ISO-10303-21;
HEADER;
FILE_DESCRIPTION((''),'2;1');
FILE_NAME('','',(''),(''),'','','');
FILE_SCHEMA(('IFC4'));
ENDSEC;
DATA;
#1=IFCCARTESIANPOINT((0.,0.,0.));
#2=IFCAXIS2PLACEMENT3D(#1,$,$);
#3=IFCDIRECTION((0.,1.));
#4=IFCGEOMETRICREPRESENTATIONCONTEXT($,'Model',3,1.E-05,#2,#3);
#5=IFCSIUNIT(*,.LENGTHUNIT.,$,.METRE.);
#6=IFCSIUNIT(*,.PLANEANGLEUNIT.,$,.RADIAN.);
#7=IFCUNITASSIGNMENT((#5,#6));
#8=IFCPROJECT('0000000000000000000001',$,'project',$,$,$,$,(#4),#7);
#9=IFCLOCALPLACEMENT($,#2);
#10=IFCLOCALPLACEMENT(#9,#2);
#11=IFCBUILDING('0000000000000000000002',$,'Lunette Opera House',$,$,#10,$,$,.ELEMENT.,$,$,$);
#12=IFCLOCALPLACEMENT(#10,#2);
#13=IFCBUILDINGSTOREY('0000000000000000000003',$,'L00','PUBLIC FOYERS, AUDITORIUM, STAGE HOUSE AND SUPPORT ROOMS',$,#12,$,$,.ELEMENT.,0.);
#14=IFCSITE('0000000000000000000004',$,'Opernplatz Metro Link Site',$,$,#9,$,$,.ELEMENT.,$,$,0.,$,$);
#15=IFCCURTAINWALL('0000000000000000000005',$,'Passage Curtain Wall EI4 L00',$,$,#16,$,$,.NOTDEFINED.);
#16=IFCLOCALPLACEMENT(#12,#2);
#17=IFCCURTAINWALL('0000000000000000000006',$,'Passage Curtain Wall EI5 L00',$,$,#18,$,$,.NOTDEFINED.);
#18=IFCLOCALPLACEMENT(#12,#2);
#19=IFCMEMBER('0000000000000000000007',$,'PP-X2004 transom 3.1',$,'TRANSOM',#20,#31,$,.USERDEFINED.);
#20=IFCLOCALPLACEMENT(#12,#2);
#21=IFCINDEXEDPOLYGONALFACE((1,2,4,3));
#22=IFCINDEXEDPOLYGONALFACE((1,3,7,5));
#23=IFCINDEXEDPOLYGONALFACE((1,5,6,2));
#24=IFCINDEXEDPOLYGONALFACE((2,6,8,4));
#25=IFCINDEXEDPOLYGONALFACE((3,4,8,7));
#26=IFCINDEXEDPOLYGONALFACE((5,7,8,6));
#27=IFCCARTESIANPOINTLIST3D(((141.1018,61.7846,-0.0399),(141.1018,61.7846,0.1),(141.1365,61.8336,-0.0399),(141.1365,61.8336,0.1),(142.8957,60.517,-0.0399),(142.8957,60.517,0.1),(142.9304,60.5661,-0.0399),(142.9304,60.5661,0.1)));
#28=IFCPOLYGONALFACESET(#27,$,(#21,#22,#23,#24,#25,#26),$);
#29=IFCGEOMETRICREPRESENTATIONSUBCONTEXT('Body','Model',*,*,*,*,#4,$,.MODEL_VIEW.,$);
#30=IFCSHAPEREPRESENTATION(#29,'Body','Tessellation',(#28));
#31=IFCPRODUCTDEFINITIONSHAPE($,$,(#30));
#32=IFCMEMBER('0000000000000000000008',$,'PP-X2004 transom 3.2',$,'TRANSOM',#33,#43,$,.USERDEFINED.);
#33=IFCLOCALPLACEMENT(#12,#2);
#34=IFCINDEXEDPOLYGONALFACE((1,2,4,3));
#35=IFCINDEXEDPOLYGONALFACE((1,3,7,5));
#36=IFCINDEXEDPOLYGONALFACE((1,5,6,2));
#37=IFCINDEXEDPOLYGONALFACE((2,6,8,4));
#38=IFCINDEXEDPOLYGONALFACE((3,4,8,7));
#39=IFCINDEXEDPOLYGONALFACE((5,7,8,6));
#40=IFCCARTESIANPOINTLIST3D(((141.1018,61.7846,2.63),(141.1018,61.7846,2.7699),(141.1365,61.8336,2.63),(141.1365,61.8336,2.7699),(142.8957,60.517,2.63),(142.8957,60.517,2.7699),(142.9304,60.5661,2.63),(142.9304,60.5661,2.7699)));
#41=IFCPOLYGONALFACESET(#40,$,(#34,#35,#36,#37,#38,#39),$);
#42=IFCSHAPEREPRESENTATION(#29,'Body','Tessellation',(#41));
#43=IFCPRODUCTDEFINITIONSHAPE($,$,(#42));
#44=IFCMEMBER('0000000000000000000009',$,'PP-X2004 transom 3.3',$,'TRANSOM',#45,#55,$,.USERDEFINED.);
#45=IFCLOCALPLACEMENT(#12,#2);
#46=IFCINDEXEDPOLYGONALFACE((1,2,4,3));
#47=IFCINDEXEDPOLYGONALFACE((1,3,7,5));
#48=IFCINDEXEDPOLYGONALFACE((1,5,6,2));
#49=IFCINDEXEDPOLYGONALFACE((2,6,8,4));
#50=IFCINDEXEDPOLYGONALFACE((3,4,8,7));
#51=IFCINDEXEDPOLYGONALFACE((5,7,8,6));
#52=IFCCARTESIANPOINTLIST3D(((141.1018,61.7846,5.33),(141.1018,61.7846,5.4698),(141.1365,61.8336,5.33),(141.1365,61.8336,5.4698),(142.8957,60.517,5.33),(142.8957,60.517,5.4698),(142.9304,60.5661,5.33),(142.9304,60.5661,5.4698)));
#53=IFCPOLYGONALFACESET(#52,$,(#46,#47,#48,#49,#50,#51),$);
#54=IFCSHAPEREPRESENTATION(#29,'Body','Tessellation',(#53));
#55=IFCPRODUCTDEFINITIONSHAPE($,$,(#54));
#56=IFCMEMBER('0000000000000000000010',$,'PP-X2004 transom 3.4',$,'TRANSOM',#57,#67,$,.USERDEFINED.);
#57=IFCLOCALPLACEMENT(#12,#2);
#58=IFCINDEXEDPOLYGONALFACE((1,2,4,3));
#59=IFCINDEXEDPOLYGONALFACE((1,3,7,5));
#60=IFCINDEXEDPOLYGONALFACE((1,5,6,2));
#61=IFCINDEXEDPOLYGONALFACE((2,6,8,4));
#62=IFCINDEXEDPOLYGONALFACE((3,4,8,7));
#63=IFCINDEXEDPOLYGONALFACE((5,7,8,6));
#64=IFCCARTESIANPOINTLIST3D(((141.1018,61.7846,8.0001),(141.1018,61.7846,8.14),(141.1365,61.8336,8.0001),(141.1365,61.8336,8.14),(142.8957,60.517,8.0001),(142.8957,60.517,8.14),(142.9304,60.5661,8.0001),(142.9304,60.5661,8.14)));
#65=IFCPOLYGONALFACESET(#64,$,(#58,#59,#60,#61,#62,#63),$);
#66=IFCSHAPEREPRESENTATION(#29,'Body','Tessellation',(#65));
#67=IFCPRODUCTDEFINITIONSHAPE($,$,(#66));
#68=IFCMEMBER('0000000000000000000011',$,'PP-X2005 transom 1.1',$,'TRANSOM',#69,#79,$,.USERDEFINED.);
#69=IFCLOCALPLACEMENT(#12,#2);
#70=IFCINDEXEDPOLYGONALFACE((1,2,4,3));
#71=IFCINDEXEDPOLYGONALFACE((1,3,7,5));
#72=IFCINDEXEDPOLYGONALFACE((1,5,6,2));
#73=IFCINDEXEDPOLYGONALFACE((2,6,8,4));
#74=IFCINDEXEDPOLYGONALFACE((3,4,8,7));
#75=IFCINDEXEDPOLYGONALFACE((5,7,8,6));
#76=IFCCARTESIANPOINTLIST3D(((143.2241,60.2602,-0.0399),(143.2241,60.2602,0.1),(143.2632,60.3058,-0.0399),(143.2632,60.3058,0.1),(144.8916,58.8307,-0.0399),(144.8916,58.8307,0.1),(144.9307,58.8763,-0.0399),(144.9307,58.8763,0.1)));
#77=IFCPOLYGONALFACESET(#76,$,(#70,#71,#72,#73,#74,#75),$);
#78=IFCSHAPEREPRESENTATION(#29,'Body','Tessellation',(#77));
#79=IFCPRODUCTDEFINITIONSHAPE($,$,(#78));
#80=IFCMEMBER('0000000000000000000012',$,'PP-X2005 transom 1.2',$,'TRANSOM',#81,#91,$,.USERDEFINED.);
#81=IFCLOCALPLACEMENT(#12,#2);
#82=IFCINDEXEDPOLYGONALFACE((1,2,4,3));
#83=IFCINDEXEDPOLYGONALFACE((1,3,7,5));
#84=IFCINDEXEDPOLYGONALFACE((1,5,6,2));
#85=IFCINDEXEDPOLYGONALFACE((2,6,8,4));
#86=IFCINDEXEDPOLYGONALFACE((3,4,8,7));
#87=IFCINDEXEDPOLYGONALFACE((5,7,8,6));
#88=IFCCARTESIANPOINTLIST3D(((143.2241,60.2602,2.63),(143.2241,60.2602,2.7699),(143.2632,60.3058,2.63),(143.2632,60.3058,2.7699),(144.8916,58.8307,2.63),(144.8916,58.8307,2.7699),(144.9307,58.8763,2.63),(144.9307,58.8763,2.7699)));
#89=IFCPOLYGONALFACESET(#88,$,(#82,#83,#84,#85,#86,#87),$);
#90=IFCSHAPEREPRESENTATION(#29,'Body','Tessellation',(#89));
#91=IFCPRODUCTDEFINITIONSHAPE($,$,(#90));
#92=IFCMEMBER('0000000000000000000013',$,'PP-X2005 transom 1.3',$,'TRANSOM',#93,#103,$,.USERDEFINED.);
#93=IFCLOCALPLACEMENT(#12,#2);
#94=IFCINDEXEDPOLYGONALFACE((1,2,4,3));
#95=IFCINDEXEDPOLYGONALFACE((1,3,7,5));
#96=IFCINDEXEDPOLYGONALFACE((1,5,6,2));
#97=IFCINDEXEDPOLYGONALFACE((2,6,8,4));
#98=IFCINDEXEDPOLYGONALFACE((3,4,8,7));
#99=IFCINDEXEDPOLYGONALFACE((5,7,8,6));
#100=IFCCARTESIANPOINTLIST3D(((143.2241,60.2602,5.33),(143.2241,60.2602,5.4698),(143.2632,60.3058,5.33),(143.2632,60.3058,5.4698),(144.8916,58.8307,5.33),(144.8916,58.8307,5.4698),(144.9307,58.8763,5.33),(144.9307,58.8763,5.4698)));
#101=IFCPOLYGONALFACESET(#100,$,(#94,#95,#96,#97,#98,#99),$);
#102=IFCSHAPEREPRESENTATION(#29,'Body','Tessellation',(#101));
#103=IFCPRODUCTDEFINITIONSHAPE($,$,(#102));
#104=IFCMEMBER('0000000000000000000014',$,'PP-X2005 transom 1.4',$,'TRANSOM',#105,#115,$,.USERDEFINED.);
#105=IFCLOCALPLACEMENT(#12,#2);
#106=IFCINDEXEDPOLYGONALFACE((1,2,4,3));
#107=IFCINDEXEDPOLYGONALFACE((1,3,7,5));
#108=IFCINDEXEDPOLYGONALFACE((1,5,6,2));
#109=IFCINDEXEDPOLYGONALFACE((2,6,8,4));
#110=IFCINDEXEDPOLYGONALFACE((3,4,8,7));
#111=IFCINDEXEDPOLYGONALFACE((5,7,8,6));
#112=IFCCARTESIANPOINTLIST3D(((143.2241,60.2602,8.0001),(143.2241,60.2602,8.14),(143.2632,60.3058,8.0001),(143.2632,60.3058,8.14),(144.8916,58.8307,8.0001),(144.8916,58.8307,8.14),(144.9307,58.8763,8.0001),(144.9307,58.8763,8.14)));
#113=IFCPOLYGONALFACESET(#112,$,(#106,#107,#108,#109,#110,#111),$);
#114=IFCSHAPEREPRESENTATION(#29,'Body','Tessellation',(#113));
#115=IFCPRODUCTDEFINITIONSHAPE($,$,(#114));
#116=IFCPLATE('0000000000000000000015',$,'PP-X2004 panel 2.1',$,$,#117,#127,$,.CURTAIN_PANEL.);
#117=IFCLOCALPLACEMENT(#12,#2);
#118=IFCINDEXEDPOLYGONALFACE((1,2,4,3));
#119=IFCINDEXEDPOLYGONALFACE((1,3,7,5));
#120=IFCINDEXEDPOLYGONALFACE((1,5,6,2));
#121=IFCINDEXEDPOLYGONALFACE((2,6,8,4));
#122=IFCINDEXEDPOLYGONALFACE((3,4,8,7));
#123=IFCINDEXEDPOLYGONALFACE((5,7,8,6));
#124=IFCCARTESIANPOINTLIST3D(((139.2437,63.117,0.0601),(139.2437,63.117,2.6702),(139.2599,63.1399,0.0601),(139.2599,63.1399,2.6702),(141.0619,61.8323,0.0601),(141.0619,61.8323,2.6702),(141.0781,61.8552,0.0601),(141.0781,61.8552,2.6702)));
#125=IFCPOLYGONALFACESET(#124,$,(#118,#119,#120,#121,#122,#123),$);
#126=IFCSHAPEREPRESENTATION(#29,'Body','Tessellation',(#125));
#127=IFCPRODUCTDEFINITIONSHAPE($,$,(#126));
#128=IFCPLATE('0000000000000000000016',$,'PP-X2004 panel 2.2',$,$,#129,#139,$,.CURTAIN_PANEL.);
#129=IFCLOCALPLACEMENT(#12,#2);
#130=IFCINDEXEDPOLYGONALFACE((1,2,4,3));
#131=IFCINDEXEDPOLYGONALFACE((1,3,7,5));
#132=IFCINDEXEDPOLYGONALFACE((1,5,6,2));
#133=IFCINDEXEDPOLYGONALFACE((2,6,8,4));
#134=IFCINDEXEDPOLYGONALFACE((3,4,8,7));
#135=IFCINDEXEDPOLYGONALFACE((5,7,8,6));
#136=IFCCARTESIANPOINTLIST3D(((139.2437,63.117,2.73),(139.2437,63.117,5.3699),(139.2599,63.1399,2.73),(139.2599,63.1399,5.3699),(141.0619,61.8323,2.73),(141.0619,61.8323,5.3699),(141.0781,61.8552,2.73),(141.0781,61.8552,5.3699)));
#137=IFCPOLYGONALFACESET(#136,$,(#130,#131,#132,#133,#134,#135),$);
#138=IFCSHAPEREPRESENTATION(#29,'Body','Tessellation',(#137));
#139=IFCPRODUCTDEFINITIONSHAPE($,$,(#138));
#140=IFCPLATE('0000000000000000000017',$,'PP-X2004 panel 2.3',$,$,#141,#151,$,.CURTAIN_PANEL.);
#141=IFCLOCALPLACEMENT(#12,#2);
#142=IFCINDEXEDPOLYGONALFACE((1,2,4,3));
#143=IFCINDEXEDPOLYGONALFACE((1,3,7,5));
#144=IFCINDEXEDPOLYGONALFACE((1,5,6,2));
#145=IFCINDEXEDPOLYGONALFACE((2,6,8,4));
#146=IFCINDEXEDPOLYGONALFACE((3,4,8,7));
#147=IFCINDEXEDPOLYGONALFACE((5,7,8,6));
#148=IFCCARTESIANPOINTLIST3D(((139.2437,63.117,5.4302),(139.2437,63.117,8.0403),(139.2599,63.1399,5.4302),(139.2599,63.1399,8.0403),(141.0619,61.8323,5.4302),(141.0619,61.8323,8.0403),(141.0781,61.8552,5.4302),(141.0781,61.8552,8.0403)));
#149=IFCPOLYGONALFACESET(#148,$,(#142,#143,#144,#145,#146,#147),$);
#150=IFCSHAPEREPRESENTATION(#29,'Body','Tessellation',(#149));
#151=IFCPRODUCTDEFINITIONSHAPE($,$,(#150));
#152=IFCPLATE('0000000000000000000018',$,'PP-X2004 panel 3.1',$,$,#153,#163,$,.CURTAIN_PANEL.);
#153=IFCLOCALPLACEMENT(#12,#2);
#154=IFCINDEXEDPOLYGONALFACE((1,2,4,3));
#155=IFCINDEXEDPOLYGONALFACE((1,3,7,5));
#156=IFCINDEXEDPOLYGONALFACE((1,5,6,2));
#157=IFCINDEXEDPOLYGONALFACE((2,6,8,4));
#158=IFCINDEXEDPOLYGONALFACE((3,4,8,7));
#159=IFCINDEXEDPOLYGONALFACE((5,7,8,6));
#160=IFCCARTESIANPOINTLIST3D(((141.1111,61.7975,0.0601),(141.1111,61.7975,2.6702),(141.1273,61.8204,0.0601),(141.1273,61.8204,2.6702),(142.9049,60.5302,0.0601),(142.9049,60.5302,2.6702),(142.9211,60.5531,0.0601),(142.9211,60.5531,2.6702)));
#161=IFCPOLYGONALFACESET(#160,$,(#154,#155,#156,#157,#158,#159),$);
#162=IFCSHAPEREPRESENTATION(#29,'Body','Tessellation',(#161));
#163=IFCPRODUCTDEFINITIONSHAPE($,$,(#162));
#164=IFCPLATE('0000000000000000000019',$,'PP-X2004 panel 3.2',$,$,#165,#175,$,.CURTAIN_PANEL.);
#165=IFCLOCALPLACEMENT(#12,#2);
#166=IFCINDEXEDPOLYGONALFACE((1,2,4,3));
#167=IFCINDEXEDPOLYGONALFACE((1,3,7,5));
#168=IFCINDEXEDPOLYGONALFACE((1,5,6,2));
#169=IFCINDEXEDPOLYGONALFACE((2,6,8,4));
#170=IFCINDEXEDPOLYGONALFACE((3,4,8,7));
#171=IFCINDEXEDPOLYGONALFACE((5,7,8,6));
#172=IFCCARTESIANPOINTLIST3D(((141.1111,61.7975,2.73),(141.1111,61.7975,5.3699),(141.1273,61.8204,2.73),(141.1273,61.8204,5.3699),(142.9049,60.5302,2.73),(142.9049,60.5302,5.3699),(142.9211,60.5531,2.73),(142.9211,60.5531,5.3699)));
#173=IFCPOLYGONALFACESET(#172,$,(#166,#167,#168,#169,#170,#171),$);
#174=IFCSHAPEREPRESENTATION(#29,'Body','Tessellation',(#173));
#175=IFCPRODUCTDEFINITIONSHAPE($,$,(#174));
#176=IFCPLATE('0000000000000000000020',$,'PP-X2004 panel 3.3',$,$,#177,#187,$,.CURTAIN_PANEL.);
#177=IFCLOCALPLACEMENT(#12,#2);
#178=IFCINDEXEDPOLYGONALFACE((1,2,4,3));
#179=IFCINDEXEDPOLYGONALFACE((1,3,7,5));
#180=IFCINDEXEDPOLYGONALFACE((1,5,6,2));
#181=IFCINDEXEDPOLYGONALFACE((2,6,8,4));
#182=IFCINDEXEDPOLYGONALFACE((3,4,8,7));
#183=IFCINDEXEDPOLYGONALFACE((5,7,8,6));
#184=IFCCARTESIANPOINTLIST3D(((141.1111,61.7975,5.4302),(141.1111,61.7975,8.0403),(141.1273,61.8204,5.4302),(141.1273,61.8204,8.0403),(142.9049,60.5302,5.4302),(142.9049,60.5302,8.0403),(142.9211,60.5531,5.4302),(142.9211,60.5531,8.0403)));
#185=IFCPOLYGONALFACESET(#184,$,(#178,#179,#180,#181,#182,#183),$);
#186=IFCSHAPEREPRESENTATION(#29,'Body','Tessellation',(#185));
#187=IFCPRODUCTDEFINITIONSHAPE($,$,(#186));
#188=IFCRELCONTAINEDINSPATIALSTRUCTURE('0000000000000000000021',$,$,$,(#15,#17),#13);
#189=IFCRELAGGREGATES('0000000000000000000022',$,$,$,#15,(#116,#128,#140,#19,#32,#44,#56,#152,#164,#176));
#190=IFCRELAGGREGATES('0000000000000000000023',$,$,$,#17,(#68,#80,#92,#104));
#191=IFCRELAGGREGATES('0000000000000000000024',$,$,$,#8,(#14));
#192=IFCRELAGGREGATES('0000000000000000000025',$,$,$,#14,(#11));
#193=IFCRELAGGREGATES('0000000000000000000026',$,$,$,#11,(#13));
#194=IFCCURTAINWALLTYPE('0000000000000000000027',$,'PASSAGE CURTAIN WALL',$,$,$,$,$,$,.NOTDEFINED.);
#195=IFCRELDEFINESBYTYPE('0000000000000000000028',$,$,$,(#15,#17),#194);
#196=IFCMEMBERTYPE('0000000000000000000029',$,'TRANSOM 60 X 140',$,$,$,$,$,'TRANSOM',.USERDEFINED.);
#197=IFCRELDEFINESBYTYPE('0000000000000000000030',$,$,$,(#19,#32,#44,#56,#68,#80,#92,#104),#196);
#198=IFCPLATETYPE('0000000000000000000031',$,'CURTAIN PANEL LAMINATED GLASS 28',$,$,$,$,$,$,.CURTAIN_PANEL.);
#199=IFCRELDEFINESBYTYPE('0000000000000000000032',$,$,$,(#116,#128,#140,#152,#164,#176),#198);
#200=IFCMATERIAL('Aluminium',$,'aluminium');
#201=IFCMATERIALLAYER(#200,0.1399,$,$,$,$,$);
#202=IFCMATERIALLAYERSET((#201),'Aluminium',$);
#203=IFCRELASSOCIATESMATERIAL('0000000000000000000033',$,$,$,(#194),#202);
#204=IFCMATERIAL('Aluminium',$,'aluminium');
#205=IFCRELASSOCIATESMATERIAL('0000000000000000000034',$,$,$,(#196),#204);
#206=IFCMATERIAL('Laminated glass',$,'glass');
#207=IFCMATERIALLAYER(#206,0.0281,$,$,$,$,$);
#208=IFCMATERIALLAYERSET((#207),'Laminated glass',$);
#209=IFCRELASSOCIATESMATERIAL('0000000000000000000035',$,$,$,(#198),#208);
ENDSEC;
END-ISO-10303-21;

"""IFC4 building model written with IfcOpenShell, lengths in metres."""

from ifc_helpers import new_model, si_unit, direction, frame, origin, origin_2d, place, context, subcontext, project, spatial, rectangle, extrude, material, layer, layer_set, material_profile, profile_set, type_object, element, aggregate, save


model = new_model("IFC4")

# Units and contexts
model_context = context("Model", 3, precision=1e-05, world=origin(), true_north=direction((0.0, 1.0)))
body_context = subcontext(model_context, "Body", "Model", "MODEL_VIEW")
ifc_project = project(units=[si_unit("LENGTHUNIT", "METRE"), si_unit("PLANEANGLEUNIT", "RADIAN")], contexts=[model_context])

# Site, building, storey
site_placement = place(None, origin())
site = spatial("IfcSite", under=ifc_project, at=site_placement, Name="Opernplatz Metro Link Site", CompositionType="ELEMENT", RefElevation=0.0)
building_placement = place(site_placement, origin())
building = spatial("IfcBuilding", under=site, at=building_placement, Name="Lunette Opera House", CompositionType="ELEMENT")
storey_placement = place(building_placement, origin())
storey = spatial("IfcBuildingStorey", under=building, at=storey_placement, Name="L00", Description="PUBLIC FOYERS, AUDITORIUM, STAGE HOUSE AND SUPPORT ROOMS", CompositionType="ELEMENT", Elevation=0.0)

# Curtain wall
ifc_material_1 = material(Name="Aluminium", Category="aluminium")
ifc_layer_1 = layer(ifc_material_1, 0.1399)
ifc_layer_set_1 = layer_set([ifc_layer_1], Name="Aluminium")
curtain_wall_type = type_object("IfcCurtainWallType", Name="PASSAGE CURTAIN WALL", PredefinedType="NOTDEFINED", material=ifc_layer_set_1)
curtain_wall_1_placement = place(storey_placement, origin())
curtain_wall_1 = element("IfcCurtainWall", 1, at=curtain_wall_1_placement, inside=storey, type_object=curtain_wall_type, Name="Passage Curtain Wall EI4 L00", PredefinedType="NOTDEFINED")

# Curtain wall
curtain_wall_2_placement = place(storey_placement, origin())
curtain_wall_2 = element("IfcCurtainWall", 2, at=curtain_wall_2_placement, inside=storey, type_object=curtain_wall_type, Name="Passage Curtain Wall EI5 L00", PredefinedType="NOTDEFINED")

# Members
ifc_material_2 = material(Name="Aluminium", Category="aluminium")
ifc_material_profile_1 = material_profile(ifc_material_2, rectangle(XDim=0.0601, YDim=0.1399, at=origin_2d()), Name="TRANSOM 60 X 140")
ifc_profile_set_1 = profile_set([ifc_material_profile_1], Name="Aluminium")
member_type_1 = type_object("IfcMemberType", Name="TRANSOM 60 X 140", ElementType="TRANSOM", PredefinedType="USERDEFINED", material=ifc_profile_set_1)
member_1_placement = place(storey_placement, frame((141.1191, 61.8091, 0.03), z_axis=(0.816697, -0.577067, 0.0), x_axis=(0.577067, 0.816697, 0.0)))
member_1 = element("IfcMember", 3, at=member_1_placement, type_object=member_type_1, Name="PP-X2004 transom 3.1", ObjectType="TRANSOM", PredefinedType="USERDEFINED", context=body_context, shape_type="SweptSolid", body=[
    extrude(rectangle(XDim=0.0601, YDim=0.1399, at=origin_2d()), origin(), (0.0, 0.0, 1.0), 2.1965),
])
member_2_placement = place(storey_placement, frame((141.1191, 61.8091, 2.7), z_axis=(0.816697, -0.577067, 0.0), x_axis=(0.577067, 0.816697, 0.0)))
member_2 = element("IfcMember", 4, at=member_2_placement, type_object=member_type_1, Name="PP-X2004 transom 3.2", ObjectType="TRANSOM", PredefinedType="USERDEFINED", context=body_context, shape_type="SweptSolid", body=[
    extrude(rectangle(XDim=0.0601, YDim=0.1399, at=origin_2d()), origin(), (0.0, 0.0, 1.0), 2.1965),
])
member_3_placement = place(storey_placement, frame((141.1191, 61.8091, 5.3999), z_axis=(0.816697, -0.577067, 0.0), x_axis=(0.577067, 0.816697, 0.0)))
member_3 = element("IfcMember", 5, at=member_3_placement, type_object=member_type_1, Name="PP-X2004 transom 3.3", ObjectType="TRANSOM", PredefinedType="USERDEFINED", context=body_context, shape_type="SweptSolid", body=[
    extrude(rectangle(XDim=0.0601, YDim=0.1399, at=origin_2d()), origin(), (0.0, 0.0, 1.0), 2.1965),
])
member_4_placement = place(storey_placement, frame((141.1191, 61.8091, 8.0701), z_axis=(0.816697, -0.577067, 0.0), x_axis=(0.577067, 0.816697, 0.0)))
member_4 = element("IfcMember", 6, at=member_4_placement, type_object=member_type_1, Name="PP-X2004 transom 3.4", ObjectType="TRANSOM", PredefinedType="USERDEFINED", context=body_context, shape_type="SweptSolid", body=[
    extrude(rectangle(XDim=0.0601, YDim=0.1399, at=origin_2d()), origin(), (0.0, 0.0, 1.0), 2.1965),
])
member_5_placement = place(storey_placement, frame((143.2437, 60.283, 0.03), z_axis=(0.759217, -0.650837, 0.0), x_axis=(0.650837, 0.759217, 0.0)))
member_5 = element("IfcMember", 7, at=member_5_placement, type_object=member_type_1, Name="PP-X2005 transom 1.1", ObjectType="TRANSOM", PredefinedType="USERDEFINED", context=body_context, shape_type="SweptSolid", body=[
    extrude(rectangle(XDim=0.0601, YDim=0.1399, at=origin_2d()), origin(), (0.0, 0.0, 1.0), 2.1963),
])
member_6_placement = place(storey_placement, frame((143.2437, 60.283, 2.7), z_axis=(0.759217, -0.650837, 0.0), x_axis=(0.650837, 0.759217, 0.0)))
member_6 = element("IfcMember", 8, at=member_6_placement, type_object=member_type_1, Name="PP-X2005 transom 1.2", ObjectType="TRANSOM", PredefinedType="USERDEFINED", context=body_context, shape_type="SweptSolid", body=[
    extrude(rectangle(XDim=0.0601, YDim=0.1399, at=origin_2d()), origin(), (0.0, 0.0, 1.0), 2.1963),
])
member_7_placement = place(storey_placement, frame((143.2437, 60.283, 5.3999), z_axis=(0.759217, -0.650837, 0.0), x_axis=(0.650837, 0.759217, 0.0)))
member_7 = element("IfcMember", 9, at=member_7_placement, type_object=member_type_1, Name="PP-X2005 transom 1.3", ObjectType="TRANSOM", PredefinedType="USERDEFINED", context=body_context, shape_type="SweptSolid", body=[
    extrude(rectangle(XDim=0.0601, YDim=0.1399, at=origin_2d()), origin(), (0.0, 0.0, 1.0), 2.1963),
])
member_8_placement = place(storey_placement, frame((143.2437, 60.283, 8.0701), z_axis=(0.759217, -0.650837, 0.0), x_axis=(0.650837, 0.759217, 0.0)))
member_8 = element("IfcMember", 10, at=member_8_placement, type_object=member_type_1, Name="PP-X2005 transom 1.4", ObjectType="TRANSOM", PredefinedType="USERDEFINED", context=body_context, shape_type="SweptSolid", body=[
    extrude(rectangle(XDim=0.0601, YDim=0.1399, at=origin_2d()), origin(), (0.0, 0.0, 1.0), 2.1963),
])

# Plates
ifc_material_3 = material(Name="Laminated glass", Category="glass")
ifc_layer_2 = layer(ifc_material_3, 0.0281)
ifc_layer_set_2 = layer_set([ifc_layer_2], Name="Laminated glass")
plate_type_1 = type_object("IfcPlateType", Name="CURTAIN PANEL LAMINATED GLASS 28", PredefinedType="CURTAIN_PANEL", material=ifc_layer_set_2)
plate_1_placement = place(storey_placement, frame((140.1609, 62.4861, 0.0601), z_axis=(0.0, 0.0, 1.0), x_axis=(0.816717, -0.577038, 0.0)))
plate_1 = element("IfcPlate", 11, at=plate_1_placement, type_object=plate_type_1, Name="PP-X2004 panel 2.1", PredefinedType="CURTAIN_PANEL", context=body_context, shape_type="SweptSolid", body=[
    extrude(rectangle(XDim=2.2263, YDim=0.0281, at=origin_2d()), origin(), (0.0, 0.0, 1.0), 2.6101),
])
plate_2_placement = place(storey_placement, frame((140.1609, 62.4861, 2.73), z_axis=(0.0, 0.0, 1.0), x_axis=(0.816717, -0.577038, 0.0)))
plate_2 = element("IfcPlate", 12, at=plate_2_placement, type_object=plate_type_1, Name="PP-X2004 panel 2.2", PredefinedType="CURTAIN_PANEL", context=body_context, shape_type="SweptSolid", body=[
    extrude(rectangle(XDim=2.2263, YDim=0.0281, at=origin_2d()), origin(), (0.0, 0.0, 1.0), 2.6399),
])
plate_3_placement = place(storey_placement, frame((140.1609, 62.4861, 5.4302), z_axis=(0.0, 0.0, 1.0), x_axis=(0.816717, -0.577038, 0.0)))
plate_3 = element("IfcPlate", 13, at=plate_3_placement, type_object=plate_type_1, Name="PP-X2004 panel 2.3", PredefinedType="CURTAIN_PANEL", context=body_context, shape_type="SweptSolid", body=[
    extrude(rectangle(XDim=2.2263, YDim=0.0281, at=origin_2d()), origin(), (0.0, 0.0, 1.0), 2.6101),
])
plate_4_placement = place(storey_placement, frame((142.0161, 61.1753, 0.0601), z_axis=(0.0, 0.0, 1.0), x_axis=(0.816717, -0.577038, 0.0)))
plate_4 = element("IfcPlate", 14, at=plate_4_placement, type_object=plate_type_1, Name="PP-X2004 panel 3.1", PredefinedType="CURTAIN_PANEL", context=body_context, shape_type="SweptSolid", body=[
    extrude(rectangle(XDim=2.1963, YDim=0.0281, at=origin_2d()), origin(), (0.0, 0.0, 1.0), 2.6101),
])
plate_5_placement = place(storey_placement, frame((142.0161, 61.1753, 2.73), z_axis=(0.0, 0.0, 1.0), x_axis=(0.816717, -0.577038, 0.0)))
plate_5 = element("IfcPlate", 15, at=plate_5_placement, type_object=plate_type_1, Name="PP-X2004 panel 3.2", PredefinedType="CURTAIN_PANEL", context=body_context, shape_type="SweptSolid", body=[
    extrude(rectangle(XDim=2.1963, YDim=0.0281, at=origin_2d()), origin(), (0.0, 0.0, 1.0), 2.6399),
])
plate_6_placement = place(storey_placement, frame((142.0161, 61.1753, 5.4302), z_axis=(0.0, 0.0, 1.0), x_axis=(0.816717, -0.577038, 0.0)))
plate_6 = element("IfcPlate", 16, at=plate_6_placement, type_object=plate_type_1, Name="PP-X2004 panel 3.3", PredefinedType="CURTAIN_PANEL", context=body_context, shape_type="SweptSolid", body=[
    extrude(rectangle(XDim=2.1963, YDim=0.0281, at=origin_2d()), origin(), (0.0, 0.0, 1.0), 2.6101),
])
aggregate(curtain_wall_1, [plate_1, plate_2, plate_3, member_1, member_2, member_3, member_4, plate_4, plate_5, plate_6])
aggregate(curtain_wall_2, [member_5, member_6, member_7, member_8])

save(model, "model.ifc")
